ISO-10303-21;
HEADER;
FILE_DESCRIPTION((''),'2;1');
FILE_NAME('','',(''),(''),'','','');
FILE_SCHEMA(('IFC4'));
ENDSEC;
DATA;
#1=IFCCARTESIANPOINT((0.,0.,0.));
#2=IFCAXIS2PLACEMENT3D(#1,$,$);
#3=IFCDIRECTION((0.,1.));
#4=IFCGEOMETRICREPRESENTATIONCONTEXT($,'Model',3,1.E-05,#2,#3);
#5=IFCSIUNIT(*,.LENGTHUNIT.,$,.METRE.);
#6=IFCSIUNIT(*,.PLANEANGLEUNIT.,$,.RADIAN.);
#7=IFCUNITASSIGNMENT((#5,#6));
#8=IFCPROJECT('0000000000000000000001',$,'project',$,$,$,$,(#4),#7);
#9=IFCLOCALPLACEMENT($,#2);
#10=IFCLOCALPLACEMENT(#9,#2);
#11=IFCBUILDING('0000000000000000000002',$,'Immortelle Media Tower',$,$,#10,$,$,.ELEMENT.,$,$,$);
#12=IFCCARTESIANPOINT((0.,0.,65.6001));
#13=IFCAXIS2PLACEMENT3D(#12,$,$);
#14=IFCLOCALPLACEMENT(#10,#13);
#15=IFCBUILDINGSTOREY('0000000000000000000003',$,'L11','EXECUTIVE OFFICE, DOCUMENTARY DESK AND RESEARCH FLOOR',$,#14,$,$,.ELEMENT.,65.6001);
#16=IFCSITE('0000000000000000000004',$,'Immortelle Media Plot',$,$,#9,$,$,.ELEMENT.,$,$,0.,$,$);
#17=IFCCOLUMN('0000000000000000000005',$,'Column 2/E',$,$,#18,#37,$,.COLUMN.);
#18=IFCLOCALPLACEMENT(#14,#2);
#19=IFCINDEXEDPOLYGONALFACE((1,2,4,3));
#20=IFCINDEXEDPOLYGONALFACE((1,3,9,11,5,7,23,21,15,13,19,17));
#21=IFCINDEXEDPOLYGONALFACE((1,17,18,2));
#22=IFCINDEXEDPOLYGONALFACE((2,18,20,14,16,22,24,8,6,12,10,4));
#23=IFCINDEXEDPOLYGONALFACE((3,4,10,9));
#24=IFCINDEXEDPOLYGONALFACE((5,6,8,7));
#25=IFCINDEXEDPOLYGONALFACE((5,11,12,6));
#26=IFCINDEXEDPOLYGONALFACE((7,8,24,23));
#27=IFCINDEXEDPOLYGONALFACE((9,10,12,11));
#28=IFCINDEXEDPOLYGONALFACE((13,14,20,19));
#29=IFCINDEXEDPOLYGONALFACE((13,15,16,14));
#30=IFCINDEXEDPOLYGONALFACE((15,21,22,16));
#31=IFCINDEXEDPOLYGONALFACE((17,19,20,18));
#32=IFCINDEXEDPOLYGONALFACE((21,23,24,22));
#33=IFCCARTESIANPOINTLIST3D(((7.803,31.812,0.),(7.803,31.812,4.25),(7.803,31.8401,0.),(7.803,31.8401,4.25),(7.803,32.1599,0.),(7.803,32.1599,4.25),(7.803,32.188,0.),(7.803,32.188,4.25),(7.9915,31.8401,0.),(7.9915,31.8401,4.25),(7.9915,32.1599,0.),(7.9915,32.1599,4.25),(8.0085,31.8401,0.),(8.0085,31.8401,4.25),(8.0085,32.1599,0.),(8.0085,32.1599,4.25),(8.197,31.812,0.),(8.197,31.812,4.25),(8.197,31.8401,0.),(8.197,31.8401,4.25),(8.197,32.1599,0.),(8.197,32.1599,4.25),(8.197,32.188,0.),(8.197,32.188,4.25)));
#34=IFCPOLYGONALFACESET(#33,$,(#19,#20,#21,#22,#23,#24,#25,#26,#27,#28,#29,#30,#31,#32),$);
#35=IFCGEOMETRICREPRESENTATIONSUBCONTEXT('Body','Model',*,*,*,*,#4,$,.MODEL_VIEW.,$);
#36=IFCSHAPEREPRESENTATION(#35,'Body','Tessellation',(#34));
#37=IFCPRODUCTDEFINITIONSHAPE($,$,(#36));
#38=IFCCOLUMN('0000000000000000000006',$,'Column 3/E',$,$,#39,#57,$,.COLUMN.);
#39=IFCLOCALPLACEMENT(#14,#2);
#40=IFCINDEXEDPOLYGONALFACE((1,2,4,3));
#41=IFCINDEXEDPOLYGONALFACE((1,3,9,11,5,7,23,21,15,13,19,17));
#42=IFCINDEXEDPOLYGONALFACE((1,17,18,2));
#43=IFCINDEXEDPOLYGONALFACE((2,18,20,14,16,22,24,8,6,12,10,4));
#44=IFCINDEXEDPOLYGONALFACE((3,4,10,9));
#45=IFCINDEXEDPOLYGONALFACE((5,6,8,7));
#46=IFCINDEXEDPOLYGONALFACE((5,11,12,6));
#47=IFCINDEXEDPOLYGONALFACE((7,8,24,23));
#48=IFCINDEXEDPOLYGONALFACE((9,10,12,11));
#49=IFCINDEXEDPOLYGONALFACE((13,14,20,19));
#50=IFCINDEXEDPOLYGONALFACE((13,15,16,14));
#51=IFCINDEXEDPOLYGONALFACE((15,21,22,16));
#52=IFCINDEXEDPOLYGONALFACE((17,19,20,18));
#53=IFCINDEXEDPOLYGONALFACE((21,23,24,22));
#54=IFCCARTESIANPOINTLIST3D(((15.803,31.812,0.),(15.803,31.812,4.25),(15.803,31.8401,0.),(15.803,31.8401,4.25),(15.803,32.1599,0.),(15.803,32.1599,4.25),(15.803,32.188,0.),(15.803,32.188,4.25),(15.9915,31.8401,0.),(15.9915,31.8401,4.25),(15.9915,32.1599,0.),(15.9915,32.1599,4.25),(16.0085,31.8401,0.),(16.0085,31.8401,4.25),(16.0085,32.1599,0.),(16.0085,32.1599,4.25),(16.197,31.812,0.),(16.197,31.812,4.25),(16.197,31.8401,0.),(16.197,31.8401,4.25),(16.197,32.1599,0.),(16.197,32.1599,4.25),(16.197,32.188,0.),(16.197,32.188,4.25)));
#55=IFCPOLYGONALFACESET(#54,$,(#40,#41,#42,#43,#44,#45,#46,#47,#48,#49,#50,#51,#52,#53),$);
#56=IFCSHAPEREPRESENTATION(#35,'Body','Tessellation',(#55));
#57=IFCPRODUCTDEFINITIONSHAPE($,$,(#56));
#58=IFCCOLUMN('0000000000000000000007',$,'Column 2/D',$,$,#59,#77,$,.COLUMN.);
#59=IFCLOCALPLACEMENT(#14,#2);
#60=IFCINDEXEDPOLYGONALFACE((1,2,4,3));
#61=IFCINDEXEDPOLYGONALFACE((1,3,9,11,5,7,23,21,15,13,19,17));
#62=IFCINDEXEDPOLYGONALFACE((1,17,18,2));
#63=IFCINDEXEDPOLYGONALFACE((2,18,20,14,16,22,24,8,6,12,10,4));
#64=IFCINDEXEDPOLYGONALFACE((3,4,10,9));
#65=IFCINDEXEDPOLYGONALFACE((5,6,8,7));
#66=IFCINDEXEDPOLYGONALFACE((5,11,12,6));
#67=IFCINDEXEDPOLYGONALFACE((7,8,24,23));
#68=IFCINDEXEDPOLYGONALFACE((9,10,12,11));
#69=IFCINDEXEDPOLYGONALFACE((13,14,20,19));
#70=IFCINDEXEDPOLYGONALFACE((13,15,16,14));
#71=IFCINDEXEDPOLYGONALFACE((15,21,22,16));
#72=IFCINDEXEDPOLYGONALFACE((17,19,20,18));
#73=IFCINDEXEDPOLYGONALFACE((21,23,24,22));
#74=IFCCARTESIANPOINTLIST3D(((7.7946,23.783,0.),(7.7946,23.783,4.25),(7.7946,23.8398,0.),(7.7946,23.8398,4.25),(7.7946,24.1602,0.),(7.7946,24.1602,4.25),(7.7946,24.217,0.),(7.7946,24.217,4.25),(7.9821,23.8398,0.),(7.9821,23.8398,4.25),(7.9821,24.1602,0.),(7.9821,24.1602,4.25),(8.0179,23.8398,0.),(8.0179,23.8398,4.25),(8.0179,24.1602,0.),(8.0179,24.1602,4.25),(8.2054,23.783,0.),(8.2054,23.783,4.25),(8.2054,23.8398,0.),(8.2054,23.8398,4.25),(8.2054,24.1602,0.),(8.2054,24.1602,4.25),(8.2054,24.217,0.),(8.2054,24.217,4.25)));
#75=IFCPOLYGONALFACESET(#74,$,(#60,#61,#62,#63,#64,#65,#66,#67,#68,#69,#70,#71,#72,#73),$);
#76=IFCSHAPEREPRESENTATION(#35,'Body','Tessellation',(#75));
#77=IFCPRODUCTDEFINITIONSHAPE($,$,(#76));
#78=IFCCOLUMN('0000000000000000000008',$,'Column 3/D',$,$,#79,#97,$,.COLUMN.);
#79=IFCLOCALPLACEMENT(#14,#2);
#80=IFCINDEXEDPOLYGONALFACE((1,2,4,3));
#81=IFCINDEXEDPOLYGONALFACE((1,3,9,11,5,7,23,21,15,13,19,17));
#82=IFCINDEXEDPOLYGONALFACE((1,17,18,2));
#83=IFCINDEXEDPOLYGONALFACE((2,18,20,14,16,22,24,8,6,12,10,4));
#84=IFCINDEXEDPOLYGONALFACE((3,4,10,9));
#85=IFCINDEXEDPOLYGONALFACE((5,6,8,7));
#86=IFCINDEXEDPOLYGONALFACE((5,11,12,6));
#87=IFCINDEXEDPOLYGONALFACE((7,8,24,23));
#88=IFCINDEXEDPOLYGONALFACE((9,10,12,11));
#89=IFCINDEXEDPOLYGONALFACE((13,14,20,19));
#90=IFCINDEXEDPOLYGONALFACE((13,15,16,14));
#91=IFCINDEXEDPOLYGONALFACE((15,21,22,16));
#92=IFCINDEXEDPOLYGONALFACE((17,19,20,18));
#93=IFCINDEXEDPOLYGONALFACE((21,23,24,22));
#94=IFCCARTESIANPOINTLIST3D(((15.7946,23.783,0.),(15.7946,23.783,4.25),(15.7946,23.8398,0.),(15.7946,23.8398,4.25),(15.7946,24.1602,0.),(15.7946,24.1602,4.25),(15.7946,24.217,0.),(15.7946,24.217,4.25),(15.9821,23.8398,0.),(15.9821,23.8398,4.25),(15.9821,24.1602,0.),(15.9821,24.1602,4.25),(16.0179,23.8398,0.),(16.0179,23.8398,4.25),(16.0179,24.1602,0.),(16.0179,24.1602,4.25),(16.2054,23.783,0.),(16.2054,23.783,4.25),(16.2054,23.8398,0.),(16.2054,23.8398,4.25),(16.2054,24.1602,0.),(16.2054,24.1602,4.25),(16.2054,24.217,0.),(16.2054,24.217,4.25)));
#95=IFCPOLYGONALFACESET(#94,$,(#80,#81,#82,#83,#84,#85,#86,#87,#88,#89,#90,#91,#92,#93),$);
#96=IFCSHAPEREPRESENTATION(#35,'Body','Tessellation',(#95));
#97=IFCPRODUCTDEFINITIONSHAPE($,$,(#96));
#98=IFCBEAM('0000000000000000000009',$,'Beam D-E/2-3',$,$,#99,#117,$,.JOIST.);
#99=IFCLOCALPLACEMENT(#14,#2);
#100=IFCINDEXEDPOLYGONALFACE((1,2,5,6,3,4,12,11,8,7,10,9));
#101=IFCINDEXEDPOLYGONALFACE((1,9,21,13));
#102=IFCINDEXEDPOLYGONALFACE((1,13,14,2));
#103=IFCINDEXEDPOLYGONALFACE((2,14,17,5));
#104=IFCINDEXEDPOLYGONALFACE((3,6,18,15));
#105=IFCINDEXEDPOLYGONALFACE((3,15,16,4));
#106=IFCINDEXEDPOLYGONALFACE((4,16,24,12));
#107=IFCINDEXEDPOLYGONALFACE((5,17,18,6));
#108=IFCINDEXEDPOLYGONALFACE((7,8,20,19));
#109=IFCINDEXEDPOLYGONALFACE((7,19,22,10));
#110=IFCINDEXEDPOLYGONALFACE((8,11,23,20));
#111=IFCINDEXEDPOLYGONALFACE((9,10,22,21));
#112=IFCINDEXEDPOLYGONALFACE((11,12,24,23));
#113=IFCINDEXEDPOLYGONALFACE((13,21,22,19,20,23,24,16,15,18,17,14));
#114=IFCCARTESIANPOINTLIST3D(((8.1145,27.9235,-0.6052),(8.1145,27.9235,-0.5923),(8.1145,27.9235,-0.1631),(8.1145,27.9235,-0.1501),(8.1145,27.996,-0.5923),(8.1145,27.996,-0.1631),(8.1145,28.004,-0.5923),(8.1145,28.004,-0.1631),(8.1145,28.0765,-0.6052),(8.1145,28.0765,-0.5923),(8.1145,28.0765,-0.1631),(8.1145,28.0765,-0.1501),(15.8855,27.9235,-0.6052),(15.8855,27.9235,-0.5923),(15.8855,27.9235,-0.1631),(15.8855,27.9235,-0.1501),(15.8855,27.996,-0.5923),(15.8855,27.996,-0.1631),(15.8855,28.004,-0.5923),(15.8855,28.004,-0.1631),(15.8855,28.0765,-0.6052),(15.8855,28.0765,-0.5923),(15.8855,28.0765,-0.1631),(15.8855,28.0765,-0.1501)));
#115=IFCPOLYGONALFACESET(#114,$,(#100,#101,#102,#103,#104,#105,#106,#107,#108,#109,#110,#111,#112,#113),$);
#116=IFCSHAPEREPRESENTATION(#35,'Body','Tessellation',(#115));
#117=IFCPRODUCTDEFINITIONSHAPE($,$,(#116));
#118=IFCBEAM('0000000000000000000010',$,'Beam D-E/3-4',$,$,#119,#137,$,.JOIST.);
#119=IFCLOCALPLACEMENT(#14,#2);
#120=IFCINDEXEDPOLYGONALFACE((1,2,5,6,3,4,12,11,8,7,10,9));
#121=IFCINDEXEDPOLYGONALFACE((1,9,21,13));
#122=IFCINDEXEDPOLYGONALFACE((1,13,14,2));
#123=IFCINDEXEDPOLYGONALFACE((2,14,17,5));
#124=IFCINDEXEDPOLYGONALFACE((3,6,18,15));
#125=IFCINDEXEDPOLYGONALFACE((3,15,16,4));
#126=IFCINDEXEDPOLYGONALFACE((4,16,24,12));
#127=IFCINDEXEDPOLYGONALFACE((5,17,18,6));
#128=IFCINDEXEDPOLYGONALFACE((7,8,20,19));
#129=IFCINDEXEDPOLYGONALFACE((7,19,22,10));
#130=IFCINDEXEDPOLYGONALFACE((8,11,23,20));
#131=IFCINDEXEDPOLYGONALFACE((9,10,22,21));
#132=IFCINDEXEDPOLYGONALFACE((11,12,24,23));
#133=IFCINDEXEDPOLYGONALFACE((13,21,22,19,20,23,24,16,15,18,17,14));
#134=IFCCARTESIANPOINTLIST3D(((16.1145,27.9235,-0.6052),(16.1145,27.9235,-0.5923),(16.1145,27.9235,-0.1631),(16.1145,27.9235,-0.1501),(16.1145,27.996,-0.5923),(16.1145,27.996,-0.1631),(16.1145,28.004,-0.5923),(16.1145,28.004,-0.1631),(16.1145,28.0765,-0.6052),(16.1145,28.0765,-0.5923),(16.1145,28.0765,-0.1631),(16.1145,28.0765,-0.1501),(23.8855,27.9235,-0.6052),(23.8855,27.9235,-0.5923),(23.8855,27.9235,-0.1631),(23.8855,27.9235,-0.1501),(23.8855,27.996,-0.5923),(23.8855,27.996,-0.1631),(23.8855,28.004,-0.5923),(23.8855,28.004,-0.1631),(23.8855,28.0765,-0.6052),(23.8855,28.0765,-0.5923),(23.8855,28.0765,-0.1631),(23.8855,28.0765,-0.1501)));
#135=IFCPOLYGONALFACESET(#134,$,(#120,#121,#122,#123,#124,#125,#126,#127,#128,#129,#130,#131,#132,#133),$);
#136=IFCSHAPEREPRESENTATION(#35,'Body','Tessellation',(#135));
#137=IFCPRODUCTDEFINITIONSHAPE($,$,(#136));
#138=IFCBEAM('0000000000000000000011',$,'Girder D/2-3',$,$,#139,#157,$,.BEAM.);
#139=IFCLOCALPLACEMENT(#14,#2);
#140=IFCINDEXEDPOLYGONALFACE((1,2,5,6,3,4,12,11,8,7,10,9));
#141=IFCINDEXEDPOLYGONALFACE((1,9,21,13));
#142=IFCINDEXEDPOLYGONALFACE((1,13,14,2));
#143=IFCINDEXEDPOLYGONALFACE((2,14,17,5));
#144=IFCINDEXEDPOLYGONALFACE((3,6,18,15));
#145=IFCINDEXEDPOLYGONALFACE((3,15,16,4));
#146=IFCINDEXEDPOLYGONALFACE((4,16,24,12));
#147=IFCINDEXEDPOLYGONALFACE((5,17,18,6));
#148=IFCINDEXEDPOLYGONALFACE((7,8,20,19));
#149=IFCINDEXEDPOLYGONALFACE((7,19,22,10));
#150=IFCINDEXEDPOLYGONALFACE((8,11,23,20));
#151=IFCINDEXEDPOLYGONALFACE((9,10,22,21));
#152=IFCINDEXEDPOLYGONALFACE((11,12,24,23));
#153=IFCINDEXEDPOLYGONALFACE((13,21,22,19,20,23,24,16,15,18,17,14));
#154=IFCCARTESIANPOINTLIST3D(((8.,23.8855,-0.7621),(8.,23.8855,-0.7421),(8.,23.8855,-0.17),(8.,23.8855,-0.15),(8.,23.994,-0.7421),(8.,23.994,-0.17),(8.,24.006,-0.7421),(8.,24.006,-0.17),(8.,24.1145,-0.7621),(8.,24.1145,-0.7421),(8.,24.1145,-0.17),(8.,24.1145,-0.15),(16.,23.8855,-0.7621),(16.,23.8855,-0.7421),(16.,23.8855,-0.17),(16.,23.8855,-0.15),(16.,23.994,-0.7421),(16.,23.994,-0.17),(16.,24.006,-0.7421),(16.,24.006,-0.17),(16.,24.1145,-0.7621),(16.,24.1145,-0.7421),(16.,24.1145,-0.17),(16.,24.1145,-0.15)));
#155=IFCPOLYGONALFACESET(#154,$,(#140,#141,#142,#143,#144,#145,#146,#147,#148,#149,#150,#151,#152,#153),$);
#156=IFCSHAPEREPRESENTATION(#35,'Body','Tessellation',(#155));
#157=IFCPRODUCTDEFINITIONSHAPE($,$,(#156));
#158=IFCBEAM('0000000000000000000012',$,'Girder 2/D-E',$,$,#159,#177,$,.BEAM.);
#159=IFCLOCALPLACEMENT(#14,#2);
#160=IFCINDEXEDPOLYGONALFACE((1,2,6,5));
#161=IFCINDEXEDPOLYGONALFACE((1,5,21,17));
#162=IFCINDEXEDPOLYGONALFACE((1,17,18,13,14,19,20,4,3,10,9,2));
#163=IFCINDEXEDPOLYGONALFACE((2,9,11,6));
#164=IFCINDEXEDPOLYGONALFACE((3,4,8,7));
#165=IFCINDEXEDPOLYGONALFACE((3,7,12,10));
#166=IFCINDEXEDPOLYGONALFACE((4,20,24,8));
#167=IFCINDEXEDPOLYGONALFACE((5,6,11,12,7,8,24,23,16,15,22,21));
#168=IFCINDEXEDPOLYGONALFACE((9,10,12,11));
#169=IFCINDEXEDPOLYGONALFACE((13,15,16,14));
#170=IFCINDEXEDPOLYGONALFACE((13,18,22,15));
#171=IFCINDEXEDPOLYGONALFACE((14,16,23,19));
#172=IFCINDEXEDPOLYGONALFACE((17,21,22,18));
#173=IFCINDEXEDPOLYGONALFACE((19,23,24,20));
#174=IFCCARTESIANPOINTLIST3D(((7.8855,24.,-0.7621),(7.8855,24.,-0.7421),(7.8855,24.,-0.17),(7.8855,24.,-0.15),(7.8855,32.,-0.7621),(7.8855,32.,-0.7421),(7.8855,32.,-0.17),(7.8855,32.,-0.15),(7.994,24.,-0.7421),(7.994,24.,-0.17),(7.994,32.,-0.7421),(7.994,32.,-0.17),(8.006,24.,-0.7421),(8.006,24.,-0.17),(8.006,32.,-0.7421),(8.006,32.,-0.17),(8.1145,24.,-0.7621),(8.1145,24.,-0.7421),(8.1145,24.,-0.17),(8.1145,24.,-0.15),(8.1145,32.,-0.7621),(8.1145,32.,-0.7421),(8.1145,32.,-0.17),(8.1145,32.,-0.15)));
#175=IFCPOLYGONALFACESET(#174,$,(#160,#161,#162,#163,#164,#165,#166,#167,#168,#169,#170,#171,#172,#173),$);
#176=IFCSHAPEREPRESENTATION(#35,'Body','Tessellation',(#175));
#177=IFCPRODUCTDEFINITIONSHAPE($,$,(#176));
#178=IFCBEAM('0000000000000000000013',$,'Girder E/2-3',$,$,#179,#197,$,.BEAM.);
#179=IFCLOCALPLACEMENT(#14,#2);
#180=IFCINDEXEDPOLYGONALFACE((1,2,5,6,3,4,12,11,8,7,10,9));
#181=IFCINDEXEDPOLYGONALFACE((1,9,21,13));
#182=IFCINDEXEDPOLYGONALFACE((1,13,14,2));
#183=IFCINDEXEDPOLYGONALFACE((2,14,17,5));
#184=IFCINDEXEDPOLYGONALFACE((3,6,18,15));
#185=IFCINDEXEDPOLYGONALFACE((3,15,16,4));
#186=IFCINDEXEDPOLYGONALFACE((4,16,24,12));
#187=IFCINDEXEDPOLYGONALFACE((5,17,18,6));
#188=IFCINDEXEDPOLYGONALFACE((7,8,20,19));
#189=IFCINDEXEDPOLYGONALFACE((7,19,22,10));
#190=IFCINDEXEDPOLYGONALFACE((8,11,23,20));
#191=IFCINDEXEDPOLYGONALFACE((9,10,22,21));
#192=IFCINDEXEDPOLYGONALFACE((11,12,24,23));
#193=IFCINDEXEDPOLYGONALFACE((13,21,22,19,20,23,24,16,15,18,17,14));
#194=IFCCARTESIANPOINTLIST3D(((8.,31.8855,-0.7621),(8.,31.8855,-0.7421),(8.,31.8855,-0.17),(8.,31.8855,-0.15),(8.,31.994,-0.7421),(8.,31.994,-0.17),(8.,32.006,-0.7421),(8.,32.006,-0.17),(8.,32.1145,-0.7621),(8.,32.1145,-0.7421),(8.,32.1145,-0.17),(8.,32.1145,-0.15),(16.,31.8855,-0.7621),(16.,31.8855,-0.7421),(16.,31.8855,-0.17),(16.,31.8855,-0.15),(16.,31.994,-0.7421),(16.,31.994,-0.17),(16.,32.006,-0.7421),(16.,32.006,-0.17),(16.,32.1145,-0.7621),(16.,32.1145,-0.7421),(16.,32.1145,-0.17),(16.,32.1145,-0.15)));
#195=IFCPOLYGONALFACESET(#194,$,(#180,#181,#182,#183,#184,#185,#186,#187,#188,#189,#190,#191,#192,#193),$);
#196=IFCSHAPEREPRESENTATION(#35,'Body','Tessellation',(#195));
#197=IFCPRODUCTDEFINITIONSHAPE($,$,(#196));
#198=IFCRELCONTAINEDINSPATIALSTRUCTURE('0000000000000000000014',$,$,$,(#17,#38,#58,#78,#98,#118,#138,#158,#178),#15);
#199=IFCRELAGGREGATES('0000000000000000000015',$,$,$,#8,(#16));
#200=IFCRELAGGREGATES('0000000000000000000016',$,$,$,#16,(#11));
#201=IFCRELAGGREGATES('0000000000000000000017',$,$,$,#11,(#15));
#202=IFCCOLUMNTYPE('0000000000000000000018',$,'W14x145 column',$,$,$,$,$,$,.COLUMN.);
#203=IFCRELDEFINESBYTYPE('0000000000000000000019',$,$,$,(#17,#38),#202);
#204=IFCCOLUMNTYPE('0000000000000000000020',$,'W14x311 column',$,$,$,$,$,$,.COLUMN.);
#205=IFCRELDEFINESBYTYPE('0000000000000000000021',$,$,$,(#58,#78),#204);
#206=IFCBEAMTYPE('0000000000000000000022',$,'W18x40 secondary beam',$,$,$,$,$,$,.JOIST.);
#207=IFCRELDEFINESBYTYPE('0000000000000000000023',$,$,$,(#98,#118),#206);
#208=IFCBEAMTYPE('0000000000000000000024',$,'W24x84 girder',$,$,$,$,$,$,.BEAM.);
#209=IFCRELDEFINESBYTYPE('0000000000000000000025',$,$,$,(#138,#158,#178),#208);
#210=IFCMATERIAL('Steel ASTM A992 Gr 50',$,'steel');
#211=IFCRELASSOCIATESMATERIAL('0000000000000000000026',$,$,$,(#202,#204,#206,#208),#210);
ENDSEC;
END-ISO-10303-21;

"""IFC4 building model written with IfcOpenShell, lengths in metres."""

from ifc_helpers import new_model, si_unit, direction, frame, origin, origin_2d, place, context, subcontext, project, spatial, i_section, extrude, material, material_profile, profile_set, type_object, element, save


model = new_model("IFC4")

# Units and contexts
model_context = context("Model", 3, precision=1e-05, world=origin(), true_north=direction((0.0, 1.0)))
body_context = subcontext(model_context, "Body", "Model", "MODEL_VIEW")
ifc_project = project(units=[si_unit("LENGTHUNIT", "METRE"), si_unit("PLANEANGLEUNIT", "RADIAN")], contexts=[model_context])

# Site, building, storey
site_placement = place(None, origin())
site = spatial("IfcSite", under=ifc_project, at=site_placement, Name="Immortelle Media Plot", CompositionType="ELEMENT", RefElevation=0.0)
building_placement = place(site_placement, origin())
building = spatial("IfcBuilding", under=site, at=building_placement, Name="Immortelle Media Tower", CompositionType="ELEMENT")
storey_placement = place(building_placement, frame((0.0, 0.0, 65.6001)))
storey = spatial("IfcBuildingStorey", under=building, at=storey_placement, Name="L11", Description="EXECUTIVE OFFICE, DOCUMENTARY DESK AND RESEARCH FLOOR", CompositionType="ELEMENT", Elevation=65.6001)

# Columns
ifc_material_1 = material(Name="Steel ASTM A992 Gr 50", Category="steel")
ifc_material_profile_1 = material_profile(ifc_material_1, i_section(OverallWidth=0.394, OverallDepth=0.376, WebThickness=0.0171, FlangeThickness=0.0281, at=origin_2d()), Name="W14x145")
ifc_profile_set_1 = profile_set([ifc_material_profile_1], Name="Steel ASTM A992 Gr 50")
column_type_1 = type_object("IfcColumnType", Name="W14x145 column", PredefinedType="COLUMN", material=ifc_profile_set_1)
for number, where, z_axis, x_axis, name in (
    (1, (8.0, 32.0, 0.0), (0.0, 0.0, 1.0), (1.0, 0.0, 0.0), "Column 2/E"),
    (2, (16.0, 32.0, 0.0), (0.0, 0.0, 1.0), (1.0, 0.0, 0.0), "Column 3/E"),
):
    element("IfcColumn", number, at=place(storey_placement, frame(where, z_axis=z_axis, x_axis=x_axis)), inside=storey, type_object=column_type_1, Name=name, PredefinedType="COLUMN", context=body_context, shape_type="SweptSolid", body=[
        extrude(i_section(OverallWidth=0.394, OverallDepth=0.376, WebThickness=0.0171, FlangeThickness=0.0281, at=origin_2d()), origin(), (0.0, 0.0, 1.0), 4.25),
    ])
ifc_material_profile_2 = material_profile(ifc_material_1, i_section(OverallWidth=0.4109, OverallDepth=0.4341, WebThickness=0.0359, FlangeThickness=0.0569, at=origin_2d()), Name="W14x311")
ifc_profile_set_2 = profile_set([ifc_material_profile_2], Name="Steel ASTM A992 Gr 50")
column_type_2 = type_object("IfcColumnType", Name="W14x311 column", PredefinedType="COLUMN", material=ifc_profile_set_2)
for number, where, z_axis, x_axis, name in (
    (3, (8.0, 24.0, 0.0), (0.0, 0.0, 1.0), (1.0, 0.0, 0.0), "Column 2/D"),
    (4, (16.0, 24.0, 0.0), (0.0, 0.0, 1.0), (1.0, 0.0, 0.0), "Column 3/D"),
):
    element("IfcColumn", number, at=place(storey_placement, frame(where, z_axis=z_axis, x_axis=x_axis)), inside=storey, type_object=column_type_2, Name=name, PredefinedType="COLUMN", context=body_context, shape_type="SweptSolid", body=[
        extrude(i_section(OverallWidth=0.4109, OverallDepth=0.4341, WebThickness=0.0359, FlangeThickness=0.0569, at=origin_2d()), origin(), (0.0, 0.0, 1.0), 4.25),
    ])

# Beams
ifc_material_profile_3 = material_profile(ifc_material_1, i_section(OverallWidth=0.1531, OverallDepth=0.4551, WebThickness=0.0081, FlangeThickness=0.0129, at=origin_2d()), Name="W18x40")
ifc_profile_set_3 = profile_set([ifc_material_profile_3], Name="Steel ASTM A992 Gr 50")
beam_type_1 = type_object("IfcBeamType", Name="W18x40 secondary beam", PredefinedType="JOIST", material=ifc_profile_set_3)
for number, where, z_axis, x_axis, name in (
    (5, (8.1145, 28.0, -0.3777), (1.0, 0.0, 0.0), (0.0, 1.0, 0.0), "Beam D-E/2-3"),
    (6, (16.1145, 28.0, -0.3777), (1.0, 0.0, 0.0), (0.0, 1.0, 0.0), "Beam D-E/3-4"),
):
    element("IfcBeam", number, at=place(storey_placement, frame(where, z_axis=z_axis, x_axis=x_axis)), inside=storey, type_object=beam_type_1, Name=name, PredefinedType="JOIST", context=body_context, shape_type="SweptSolid", body=[
        extrude(i_section(OverallWidth=0.1531, OverallDepth=0.4551, WebThickness=0.0081, FlangeThickness=0.0129, at=origin_2d()), origin(), (0.0, 0.0, 1.0), 7.771),
    ])
ifc_material_profile_4 = material_profile(ifc_material_1, i_section(OverallWidth=0.229, OverallDepth=0.6121, WebThickness=0.012, FlangeThickness=0.02, at=origin_2d()), Name="W24x84")
ifc_profile_set_4 = profile_set([ifc_material_profile_4], Name="Steel ASTM A992 Gr 50")
beam_type_2 = type_object("IfcBeamType", Name="W24x84 girder", PredefinedType="BEAM", material=ifc_profile_set_4)
for number, where, z_axis, x_axis, name in (
    (7, (8.0, 24.0, -0.4561), (1.0, 0.0, 0.0), (0.0, 1.0, 0.0), "Girder D/2-3"),
    (8, (8.0, 24.0, -0.4561), (0.0, 1.0, 0.0), (-1.0, 0.0, 0.0), "Girder 2/D-E"),
    (9, (8.0, 32.0, -0.4561), (1.0, 0.0, 0.0), (0.0, 1.0, 0.0), "Girder E/2-3"),
):
    element("IfcBeam", number, at=place(storey_placement, frame(where, z_axis=z_axis, x_axis=x_axis)), inside=storey, type_object=beam_type_2, Name=name, PredefinedType="BEAM", context=body_context, shape_type="SweptSolid", body=[
        extrude(i_section(OverallWidth=0.229, OverallDepth=0.6121, WebThickness=0.012, FlangeThickness=0.02, at=origin_2d()), origin(), (0.0, 0.0, 1.0), 8.0),
    ])

save(model, "model.ifc")
